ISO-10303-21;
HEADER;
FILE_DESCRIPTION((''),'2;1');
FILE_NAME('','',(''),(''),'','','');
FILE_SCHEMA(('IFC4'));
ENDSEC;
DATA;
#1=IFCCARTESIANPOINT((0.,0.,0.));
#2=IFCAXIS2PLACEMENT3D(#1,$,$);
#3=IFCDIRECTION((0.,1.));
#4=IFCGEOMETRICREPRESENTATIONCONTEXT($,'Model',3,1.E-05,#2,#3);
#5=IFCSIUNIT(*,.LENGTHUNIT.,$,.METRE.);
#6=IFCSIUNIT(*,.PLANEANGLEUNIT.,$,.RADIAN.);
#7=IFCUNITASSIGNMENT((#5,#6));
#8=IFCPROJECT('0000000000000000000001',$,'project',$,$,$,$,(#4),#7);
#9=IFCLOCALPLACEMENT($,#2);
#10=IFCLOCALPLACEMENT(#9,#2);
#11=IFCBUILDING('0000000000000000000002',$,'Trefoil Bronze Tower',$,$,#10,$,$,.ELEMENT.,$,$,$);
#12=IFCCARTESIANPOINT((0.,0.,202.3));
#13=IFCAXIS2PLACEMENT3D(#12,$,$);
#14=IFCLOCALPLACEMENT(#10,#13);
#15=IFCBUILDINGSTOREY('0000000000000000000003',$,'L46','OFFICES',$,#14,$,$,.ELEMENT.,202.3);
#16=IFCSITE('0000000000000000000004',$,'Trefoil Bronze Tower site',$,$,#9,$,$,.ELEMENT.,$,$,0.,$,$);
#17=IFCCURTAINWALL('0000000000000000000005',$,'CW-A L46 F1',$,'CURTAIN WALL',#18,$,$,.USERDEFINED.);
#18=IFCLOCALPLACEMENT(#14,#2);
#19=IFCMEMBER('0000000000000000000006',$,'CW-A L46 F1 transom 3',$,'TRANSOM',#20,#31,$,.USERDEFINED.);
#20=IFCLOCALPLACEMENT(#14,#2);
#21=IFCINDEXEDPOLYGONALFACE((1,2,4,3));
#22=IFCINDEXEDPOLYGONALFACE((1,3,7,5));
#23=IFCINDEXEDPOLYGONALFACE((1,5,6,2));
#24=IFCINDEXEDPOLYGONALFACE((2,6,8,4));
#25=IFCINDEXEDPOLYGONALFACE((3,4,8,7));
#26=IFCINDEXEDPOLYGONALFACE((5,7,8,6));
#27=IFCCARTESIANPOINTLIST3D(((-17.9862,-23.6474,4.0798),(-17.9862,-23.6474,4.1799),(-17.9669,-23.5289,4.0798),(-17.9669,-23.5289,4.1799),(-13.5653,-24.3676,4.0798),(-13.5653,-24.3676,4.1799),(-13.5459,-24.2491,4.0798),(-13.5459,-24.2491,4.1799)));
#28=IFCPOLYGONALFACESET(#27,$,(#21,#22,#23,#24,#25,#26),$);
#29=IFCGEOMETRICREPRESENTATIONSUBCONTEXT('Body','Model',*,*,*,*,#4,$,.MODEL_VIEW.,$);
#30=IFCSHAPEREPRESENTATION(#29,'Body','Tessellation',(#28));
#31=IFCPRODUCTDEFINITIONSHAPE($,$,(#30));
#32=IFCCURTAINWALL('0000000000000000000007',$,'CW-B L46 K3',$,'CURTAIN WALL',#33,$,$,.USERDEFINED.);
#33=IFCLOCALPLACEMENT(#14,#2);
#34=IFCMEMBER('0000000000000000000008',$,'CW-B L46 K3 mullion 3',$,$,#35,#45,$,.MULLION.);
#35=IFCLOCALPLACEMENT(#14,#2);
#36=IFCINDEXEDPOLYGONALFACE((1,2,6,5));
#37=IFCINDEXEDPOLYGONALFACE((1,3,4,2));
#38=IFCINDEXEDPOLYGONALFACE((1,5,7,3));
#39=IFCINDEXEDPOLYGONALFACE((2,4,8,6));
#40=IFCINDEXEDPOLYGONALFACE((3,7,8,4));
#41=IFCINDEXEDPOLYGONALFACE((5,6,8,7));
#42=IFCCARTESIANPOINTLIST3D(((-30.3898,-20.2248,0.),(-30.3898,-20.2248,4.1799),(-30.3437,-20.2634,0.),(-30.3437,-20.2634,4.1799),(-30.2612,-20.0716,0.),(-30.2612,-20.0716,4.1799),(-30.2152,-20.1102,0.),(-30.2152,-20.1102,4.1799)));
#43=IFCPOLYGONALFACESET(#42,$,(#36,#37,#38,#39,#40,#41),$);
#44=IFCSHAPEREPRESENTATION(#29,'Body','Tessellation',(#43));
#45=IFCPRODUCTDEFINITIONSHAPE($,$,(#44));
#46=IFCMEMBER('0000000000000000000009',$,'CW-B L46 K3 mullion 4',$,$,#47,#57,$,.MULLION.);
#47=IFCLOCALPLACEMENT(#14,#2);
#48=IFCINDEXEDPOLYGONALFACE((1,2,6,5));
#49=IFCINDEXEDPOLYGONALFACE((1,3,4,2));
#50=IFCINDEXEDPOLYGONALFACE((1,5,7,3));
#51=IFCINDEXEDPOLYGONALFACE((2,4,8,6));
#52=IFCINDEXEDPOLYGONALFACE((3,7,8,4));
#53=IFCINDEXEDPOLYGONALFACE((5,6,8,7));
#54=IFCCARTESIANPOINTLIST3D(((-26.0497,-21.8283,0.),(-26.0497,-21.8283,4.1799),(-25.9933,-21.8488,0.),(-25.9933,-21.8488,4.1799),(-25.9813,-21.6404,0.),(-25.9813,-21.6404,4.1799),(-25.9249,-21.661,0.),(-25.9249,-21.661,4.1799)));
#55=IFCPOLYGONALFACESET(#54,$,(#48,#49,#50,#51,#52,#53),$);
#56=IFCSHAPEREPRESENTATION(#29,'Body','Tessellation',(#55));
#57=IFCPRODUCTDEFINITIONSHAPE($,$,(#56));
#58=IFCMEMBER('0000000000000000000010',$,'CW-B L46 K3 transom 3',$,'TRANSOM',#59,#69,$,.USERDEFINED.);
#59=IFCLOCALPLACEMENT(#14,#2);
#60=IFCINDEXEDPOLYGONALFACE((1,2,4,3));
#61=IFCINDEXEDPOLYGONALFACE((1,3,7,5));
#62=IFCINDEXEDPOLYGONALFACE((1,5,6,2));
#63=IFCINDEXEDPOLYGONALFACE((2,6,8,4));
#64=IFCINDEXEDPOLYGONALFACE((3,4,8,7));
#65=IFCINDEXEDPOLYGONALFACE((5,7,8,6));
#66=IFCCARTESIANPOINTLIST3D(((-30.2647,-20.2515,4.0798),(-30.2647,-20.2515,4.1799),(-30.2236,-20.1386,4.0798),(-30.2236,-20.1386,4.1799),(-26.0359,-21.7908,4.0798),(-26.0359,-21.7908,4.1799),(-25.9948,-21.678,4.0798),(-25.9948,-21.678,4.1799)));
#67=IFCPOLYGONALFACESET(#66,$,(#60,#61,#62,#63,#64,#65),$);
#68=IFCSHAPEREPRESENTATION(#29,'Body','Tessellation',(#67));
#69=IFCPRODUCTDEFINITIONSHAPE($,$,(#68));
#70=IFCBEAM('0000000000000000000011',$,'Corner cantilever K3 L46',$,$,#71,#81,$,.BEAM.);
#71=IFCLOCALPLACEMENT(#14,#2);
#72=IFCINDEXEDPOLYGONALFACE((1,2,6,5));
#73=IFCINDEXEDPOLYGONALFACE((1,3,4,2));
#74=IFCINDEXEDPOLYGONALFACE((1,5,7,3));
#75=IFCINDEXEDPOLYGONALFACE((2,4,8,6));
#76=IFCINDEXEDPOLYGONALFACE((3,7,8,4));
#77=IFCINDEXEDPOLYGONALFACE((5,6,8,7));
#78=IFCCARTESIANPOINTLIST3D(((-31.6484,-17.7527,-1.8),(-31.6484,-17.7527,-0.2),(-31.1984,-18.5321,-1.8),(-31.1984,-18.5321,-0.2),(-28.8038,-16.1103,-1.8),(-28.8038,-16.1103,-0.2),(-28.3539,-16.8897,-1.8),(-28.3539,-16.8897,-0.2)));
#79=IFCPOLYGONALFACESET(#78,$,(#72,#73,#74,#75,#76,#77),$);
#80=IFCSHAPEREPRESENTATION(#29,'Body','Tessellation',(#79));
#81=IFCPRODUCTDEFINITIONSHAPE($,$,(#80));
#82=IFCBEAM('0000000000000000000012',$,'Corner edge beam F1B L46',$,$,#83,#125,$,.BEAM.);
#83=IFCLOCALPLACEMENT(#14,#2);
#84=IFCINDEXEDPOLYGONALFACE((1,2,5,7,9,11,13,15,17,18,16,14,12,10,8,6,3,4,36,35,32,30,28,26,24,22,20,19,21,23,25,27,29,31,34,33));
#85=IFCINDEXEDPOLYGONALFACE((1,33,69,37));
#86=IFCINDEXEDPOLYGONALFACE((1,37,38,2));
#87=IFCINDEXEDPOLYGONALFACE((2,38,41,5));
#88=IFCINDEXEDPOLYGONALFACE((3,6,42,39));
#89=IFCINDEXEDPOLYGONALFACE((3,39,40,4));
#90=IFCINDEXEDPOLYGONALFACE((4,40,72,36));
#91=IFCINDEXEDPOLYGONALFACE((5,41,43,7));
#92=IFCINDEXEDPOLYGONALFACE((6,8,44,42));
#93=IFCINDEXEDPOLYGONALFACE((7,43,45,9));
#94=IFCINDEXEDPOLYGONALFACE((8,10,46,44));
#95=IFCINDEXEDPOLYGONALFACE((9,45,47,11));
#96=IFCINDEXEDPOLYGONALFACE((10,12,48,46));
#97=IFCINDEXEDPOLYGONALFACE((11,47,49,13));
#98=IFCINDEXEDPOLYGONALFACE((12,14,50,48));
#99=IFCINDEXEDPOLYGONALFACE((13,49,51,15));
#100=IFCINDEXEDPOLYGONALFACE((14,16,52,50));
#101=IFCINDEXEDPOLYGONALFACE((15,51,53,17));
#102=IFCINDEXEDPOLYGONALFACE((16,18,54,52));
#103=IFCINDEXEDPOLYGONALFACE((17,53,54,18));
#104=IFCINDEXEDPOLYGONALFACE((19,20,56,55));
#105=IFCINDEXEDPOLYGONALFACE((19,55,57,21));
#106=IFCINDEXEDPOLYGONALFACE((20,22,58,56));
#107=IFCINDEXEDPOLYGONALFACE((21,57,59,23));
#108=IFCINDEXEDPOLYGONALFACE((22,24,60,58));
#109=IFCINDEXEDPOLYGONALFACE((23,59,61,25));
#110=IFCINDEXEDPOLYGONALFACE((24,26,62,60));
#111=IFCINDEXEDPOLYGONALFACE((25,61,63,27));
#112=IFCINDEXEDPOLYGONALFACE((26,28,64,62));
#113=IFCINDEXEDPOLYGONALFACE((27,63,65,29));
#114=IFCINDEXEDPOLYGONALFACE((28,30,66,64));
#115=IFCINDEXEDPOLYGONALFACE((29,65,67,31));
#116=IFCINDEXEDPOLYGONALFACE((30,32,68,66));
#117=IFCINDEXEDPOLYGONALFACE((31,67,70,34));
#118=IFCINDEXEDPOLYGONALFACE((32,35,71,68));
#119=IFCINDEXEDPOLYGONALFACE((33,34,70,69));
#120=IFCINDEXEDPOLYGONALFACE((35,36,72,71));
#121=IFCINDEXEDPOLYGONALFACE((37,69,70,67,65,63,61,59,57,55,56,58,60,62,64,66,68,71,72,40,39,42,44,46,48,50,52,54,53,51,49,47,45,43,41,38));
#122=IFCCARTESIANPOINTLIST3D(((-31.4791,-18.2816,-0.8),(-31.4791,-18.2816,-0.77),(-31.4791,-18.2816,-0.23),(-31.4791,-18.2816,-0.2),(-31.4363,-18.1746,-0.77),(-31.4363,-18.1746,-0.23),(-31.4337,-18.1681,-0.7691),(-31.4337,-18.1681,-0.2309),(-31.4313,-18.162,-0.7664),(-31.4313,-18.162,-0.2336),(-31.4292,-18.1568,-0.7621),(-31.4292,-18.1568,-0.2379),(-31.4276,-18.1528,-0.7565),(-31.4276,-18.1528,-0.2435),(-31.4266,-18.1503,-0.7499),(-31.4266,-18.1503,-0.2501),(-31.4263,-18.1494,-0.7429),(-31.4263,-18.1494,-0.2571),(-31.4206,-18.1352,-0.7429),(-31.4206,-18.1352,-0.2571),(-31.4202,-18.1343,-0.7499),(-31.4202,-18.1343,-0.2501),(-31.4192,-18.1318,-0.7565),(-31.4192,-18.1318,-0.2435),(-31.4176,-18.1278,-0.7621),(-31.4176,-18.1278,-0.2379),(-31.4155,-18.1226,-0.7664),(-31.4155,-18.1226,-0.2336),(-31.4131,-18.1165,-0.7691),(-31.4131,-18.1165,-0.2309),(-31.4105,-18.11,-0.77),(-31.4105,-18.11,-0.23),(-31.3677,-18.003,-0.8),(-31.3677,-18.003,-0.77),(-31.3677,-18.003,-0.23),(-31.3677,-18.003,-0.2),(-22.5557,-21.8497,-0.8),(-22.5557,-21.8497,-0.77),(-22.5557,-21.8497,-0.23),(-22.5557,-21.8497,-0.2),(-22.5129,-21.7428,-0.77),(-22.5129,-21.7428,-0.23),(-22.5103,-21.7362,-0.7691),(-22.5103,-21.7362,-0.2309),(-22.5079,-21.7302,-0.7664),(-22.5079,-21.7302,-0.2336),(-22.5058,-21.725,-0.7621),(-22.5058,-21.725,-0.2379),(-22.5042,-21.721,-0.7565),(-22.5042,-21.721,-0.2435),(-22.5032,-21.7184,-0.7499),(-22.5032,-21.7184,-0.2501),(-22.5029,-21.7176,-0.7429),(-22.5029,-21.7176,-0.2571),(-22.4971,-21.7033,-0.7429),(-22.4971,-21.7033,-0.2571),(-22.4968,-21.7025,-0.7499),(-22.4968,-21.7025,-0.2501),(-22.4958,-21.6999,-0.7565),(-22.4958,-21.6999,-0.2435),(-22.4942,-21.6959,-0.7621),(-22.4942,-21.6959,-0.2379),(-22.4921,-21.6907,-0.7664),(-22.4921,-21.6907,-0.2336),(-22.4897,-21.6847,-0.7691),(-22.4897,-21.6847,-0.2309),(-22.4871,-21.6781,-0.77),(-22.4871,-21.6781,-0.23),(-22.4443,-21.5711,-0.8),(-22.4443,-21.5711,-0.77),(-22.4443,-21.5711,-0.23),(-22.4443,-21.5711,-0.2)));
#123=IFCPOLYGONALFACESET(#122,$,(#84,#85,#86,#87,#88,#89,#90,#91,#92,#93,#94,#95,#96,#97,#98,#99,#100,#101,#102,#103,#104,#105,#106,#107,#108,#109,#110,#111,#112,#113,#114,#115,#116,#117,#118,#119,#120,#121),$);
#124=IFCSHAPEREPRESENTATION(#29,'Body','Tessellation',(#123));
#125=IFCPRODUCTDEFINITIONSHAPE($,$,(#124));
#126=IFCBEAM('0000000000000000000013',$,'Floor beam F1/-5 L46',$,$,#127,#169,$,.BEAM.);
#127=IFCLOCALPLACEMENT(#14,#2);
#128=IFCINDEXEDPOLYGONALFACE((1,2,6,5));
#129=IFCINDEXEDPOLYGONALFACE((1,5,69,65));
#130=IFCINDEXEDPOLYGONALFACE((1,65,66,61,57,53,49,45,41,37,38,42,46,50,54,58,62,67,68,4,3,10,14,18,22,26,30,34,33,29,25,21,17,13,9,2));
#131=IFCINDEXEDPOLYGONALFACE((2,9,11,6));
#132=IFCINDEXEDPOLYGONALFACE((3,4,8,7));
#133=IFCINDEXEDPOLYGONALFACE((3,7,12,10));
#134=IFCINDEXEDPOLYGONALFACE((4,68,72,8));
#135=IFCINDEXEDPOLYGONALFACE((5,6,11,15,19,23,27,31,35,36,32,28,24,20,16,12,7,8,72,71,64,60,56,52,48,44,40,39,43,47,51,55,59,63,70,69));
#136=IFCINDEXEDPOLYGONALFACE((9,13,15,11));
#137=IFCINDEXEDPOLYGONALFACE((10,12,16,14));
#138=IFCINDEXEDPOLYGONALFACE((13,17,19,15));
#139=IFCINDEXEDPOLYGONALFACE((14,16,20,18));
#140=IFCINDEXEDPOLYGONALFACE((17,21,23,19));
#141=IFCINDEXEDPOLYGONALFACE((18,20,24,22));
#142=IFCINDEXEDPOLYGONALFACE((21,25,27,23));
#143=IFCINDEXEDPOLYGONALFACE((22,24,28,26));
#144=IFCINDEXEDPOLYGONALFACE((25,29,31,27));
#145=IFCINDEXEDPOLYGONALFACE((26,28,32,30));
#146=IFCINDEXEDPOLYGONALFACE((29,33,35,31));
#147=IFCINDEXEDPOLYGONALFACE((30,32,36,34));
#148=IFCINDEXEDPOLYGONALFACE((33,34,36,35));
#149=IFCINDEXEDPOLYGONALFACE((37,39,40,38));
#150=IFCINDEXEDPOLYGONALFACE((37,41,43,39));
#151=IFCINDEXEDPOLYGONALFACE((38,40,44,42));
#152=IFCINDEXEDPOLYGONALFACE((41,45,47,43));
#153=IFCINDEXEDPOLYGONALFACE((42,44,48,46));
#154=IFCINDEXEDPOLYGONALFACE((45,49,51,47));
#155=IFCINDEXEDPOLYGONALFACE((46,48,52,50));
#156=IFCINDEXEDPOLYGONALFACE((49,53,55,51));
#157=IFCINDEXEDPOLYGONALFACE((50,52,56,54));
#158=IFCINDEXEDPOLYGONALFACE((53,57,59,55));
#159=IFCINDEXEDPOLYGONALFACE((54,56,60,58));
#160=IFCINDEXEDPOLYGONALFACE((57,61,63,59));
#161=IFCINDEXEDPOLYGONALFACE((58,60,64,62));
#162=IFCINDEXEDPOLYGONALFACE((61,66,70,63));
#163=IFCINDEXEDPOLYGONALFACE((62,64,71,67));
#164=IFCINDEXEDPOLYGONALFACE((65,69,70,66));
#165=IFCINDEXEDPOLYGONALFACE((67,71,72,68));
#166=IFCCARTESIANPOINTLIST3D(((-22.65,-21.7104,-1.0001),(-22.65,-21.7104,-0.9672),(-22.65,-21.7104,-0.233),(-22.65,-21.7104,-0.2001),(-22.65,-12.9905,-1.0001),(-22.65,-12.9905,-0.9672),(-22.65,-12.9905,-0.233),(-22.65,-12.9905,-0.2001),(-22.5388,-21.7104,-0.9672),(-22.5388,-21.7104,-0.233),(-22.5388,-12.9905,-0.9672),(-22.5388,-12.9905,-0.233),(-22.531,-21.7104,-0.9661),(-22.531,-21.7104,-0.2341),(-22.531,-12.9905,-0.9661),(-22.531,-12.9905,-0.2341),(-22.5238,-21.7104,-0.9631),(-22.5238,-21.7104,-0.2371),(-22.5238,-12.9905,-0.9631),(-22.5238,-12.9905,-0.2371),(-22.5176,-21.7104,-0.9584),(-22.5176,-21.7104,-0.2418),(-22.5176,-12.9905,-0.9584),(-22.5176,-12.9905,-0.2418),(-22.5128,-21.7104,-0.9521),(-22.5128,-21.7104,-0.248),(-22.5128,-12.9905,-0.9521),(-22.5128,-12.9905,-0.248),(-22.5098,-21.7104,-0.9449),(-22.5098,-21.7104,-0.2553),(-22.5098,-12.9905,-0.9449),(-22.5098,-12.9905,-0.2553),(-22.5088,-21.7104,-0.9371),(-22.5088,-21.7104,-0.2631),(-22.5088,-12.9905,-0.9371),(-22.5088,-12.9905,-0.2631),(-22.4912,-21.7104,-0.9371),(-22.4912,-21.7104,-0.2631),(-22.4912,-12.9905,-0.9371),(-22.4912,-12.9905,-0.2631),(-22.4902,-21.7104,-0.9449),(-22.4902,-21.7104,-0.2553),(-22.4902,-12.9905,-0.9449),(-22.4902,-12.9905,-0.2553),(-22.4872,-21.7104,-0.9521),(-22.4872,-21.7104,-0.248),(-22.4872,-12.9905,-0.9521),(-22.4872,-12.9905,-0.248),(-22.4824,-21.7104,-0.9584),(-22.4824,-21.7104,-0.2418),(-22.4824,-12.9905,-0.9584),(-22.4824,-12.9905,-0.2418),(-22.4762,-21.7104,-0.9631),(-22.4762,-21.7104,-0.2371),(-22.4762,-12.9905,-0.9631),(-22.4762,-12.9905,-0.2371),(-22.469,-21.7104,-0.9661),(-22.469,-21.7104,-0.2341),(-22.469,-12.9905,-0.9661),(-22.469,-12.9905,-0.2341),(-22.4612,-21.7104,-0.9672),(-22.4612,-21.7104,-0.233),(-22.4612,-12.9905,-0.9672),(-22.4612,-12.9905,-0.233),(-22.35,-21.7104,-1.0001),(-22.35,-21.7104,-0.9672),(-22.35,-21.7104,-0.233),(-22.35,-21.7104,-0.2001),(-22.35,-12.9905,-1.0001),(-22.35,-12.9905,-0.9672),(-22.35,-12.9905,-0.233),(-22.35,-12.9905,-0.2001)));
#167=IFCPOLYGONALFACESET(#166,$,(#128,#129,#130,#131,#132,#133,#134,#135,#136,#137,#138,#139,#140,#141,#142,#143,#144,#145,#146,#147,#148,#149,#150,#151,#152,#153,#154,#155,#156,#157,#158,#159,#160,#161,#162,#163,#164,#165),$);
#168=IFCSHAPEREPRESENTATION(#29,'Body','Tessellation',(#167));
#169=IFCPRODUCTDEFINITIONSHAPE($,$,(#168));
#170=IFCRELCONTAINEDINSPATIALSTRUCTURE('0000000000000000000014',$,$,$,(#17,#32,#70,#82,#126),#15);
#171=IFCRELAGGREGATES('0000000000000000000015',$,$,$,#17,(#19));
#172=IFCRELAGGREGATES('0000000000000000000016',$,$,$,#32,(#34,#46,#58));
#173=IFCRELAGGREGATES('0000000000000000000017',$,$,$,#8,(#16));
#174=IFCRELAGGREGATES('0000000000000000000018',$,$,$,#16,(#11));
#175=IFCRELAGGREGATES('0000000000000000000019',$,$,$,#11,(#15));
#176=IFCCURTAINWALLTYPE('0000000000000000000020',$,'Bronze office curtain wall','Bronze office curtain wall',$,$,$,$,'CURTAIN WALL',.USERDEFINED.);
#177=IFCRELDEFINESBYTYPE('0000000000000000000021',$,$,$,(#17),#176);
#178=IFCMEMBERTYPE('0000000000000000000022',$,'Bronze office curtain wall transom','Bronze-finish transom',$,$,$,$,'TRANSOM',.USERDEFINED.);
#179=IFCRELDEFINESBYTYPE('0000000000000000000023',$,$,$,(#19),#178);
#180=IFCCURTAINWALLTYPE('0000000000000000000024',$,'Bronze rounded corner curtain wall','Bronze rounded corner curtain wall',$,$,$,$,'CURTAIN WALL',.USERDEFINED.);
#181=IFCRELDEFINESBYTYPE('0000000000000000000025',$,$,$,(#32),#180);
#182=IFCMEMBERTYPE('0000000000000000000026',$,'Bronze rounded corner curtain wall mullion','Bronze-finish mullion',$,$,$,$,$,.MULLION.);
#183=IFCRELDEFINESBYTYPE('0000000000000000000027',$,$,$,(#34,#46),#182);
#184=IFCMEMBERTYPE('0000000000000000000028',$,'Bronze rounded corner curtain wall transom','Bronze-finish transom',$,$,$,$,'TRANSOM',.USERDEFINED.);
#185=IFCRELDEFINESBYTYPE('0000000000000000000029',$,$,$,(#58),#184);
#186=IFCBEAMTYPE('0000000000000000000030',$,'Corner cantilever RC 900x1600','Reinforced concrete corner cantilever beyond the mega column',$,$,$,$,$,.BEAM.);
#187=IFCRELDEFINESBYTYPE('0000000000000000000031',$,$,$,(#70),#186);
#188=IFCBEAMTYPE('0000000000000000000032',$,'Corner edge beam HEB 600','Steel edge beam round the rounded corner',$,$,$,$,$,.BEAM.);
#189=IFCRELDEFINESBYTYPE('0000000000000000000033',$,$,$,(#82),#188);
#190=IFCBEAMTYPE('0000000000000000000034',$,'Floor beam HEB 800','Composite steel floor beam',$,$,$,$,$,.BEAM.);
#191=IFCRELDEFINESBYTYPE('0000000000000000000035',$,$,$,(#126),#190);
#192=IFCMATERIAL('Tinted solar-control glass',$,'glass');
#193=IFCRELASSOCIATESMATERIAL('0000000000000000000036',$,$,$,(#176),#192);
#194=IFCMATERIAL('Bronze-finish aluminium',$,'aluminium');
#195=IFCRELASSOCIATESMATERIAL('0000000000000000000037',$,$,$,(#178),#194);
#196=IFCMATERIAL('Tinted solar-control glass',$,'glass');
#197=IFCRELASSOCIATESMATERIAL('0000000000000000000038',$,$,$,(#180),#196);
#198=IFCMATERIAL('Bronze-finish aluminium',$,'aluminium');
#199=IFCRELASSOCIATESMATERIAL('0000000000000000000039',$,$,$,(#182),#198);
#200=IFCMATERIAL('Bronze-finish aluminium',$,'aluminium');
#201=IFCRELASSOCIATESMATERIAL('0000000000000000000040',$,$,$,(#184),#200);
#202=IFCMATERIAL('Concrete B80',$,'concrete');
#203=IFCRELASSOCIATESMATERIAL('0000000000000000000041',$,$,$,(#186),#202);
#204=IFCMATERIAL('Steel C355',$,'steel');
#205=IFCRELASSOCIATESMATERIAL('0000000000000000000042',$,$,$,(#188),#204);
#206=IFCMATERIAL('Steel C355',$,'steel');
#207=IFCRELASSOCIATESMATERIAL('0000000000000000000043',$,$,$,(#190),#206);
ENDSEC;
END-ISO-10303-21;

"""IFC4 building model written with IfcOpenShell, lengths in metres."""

from ifc_helpers import new_model, si_unit, direction, frame, origin, origin_2d, place, context, subcontext, project, spatial, rectangle, i_section, extrude, material, material_profile, profile_set, type_object, element, aggregate, save


model = new_model("IFC4")

# Units and contexts
model_context = context("Model", 3, precision=1e-05, world=origin(), true_north=direction((0.0, 1.0)))
body_context = subcontext(model_context, "Body", "Model", "MODEL_VIEW")
ifc_project = project(units=[si_unit("LENGTHUNIT", "METRE"), si_unit("PLANEANGLEUNIT", "RADIAN")], contexts=[model_context])

# Site, building, storey
site_placement = place(None, origin())
site = spatial("IfcSite", under=ifc_project, at=site_placement, Name="Trefoil Bronze Tower site", CompositionType="ELEMENT", RefElevation=0.0)
building_placement = place(site_placement, origin())
building = spatial("IfcBuilding", under=site, at=building_placement, Name="Trefoil Bronze Tower", CompositionType="ELEMENT")
storey_placement = place(building_placement, frame((0.0, 0.0, 202.3)))
storey = spatial("IfcBuildingStorey", under=building, at=storey_placement, Name="L46", Description="OFFICES", CompositionType="ELEMENT", Elevation=202.3)

# Curtain walls, members
ifc_material_1 = material(Name="Tinted solar-control glass", Category="glass")
curtain_wall_type_1 = type_object("IfcCurtainWallType", Name="Bronze office curtain wall", Description="Bronze office curtain wall", ElementType="CURTAIN WALL", PredefinedType="USERDEFINED", material=ifc_material_1)
curtain_wall_1_placement = place(storey_placement, origin())
curtain_wall_1 = element("IfcCurtainWall", 1, at=curtain_wall_1_placement, inside=storey, type_object=curtain_wall_type_1, Name="CW-A L46 F1", ObjectType="CURTAIN WALL", PredefinedType="USERDEFINED")
ifc_material_2 = material(Name="Bronze-finish aluminium", Category="aluminium")
ifc_material_profile_1 = material_profile(ifc_material_2, rectangle(XDim=0.1201, YDim=0.1001, at=origin_2d()), Name="CW-A transom")
ifc_profile_set_1 = profile_set([ifc_material_profile_1], Name="Bronze-finish aluminium")
member_type_1 = type_object("IfcMemberType", Name="Bronze office curtain wall transom", Description="Bronze-finish transom", ElementType="TRANSOM", PredefinedType="USERDEFINED", material=ifc_profile_set_1)
member_1_placement = place(storey_placement, frame((-17.9766, -23.5881, 4.1299), z_axis=(0.986988, -0.160792, 0.0), x_axis=(0.160792, 0.986988, 0.0)))
member_1 = element("IfcMember", 2, at=member_1_placement, type_object=member_type_1, Name="CW-A L46 F1 transom 3", ObjectType="TRANSOM", PredefinedType="USERDEFINED", context=body_context, shape_type="SweptSolid", body=[
    extrude(rectangle(XDim=0.1201, YDim=0.1001, at=origin_2d()), origin(), (0.0, 0.0, 1.0), 4.4792),
])
ifc_material_3 = material(Name="Tinted solar-control glass", Category="glass")
curtain_wall_type_2 = type_object("IfcCurtainWallType", Name="Bronze rounded corner curtain wall", Description="Bronze rounded corner curtain wall", ElementType="CURTAIN WALL", PredefinedType="USERDEFINED", material=ifc_material_3)
curtain_wall_2_placement = place(storey_placement, origin())
curtain_wall_2 = element("IfcCurtainWall", 3, at=curtain_wall_2_placement, inside=storey, type_object=curtain_wall_type_2, Name="CW-B L46 K3", ObjectType="CURTAIN WALL", PredefinedType="USERDEFINED")
ifc_material_4 = material(Name="Bronze-finish aluminium", Category="aluminium")
ifc_material_profile_2 = material_profile(ifc_material_4, rectangle(XDim=0.2, YDim=0.0601, at=origin_2d()), Name="CW-B mullion")
ifc_profile_set_2 = profile_set([ifc_material_profile_2], Name="Bronze-finish aluminium")
member_type_2 = type_object("IfcMemberType", Name="Bronze rounded corner curtain wall mullion", Description="Bronze-finish mullion", PredefinedType="MULLION", material=ifc_profile_set_2)
member_2_placement = place(storey_placement, frame((-30.3025, -20.1675, 0.0), z_axis=(0.0, 0.0, 1.0), x_axis=(0.642788, 0.766044, 0.0)))
member_2 = element("IfcMember", 4, at=member_2_placement, type_object=member_type_2, Name="CW-B L46 K3 mullion 3", PredefinedType="MULLION", context=body_context, shape_type="SweptSolid", body=[
    extrude(rectangle(XDim=0.2, YDim=0.0601, at=origin_2d()), origin(), (0.0, 0.0, 1.0), 4.1799),
])
member_3_placement = place(storey_placement, frame((-25.9873, -21.7446, 0.0), z_axis=(0.0, 0.0, 1.0), x_axis=(0.34202, 0.939693, 0.0)))
member_3 = element("IfcMember", 5, at=member_3_placement, type_object=member_type_2, Name="CW-B L46 K3 mullion 4", PredefinedType="MULLION", context=body_context, shape_type="SweptSolid", body=[
    extrude(rectangle(XDim=0.2, YDim=0.0601, at=origin_2d()), origin(), (0.0, 0.0, 1.0), 4.1799),
])
ifc_material_5 = material(Name="Bronze-finish aluminium", Category="aluminium")
ifc_material_profile_3 = material_profile(ifc_material_5, rectangle(XDim=0.1201, YDim=0.1001, at=origin_2d()), Name="CW-B transom")
ifc_profile_set_3 = profile_set([ifc_material_profile_3], Name="Bronze-finish aluminium")
member_type_3 = type_object("IfcMemberType", Name="Bronze rounded corner curtain wall transom", Description="Bronze-finish transom", ElementType="TRANSOM", PredefinedType="USERDEFINED", material=ifc_profile_set_3)
member_4_placement = place(storey_placement, frame((-30.2441, -20.1951, 4.1299), z_axis=(0.939681, -0.342052, 0.0), x_axis=(0.342052, 0.939681, 0.0)))
member_4 = element("IfcMember", 6, at=member_4_placement, type_object=member_type_3, Name="CW-B L46 K3 transom 3", ObjectType="TRANSOM", PredefinedType="USERDEFINED", context=body_context, shape_type="SweptSolid", body=[
    extrude(rectangle(XDim=0.1201, YDim=0.1001, at=origin_2d()), origin(), (0.0, 0.0, 1.0), 4.5002),
])

# Beams
ifc_material_6 = material(Name="Concrete B80", Category="concrete")
ifc_material_profile_4 = material_profile(ifc_material_6, rectangle(XDim=0.8999, YDim=1.6001, at=origin_2d()), Name="RC 900x1600")
ifc_profile_set_4 = profile_set([ifc_material_profile_4], Name="Concrete B80")
beam_type_1 = type_object("IfcBeamType", Name="Corner cantilever RC 900x1600", Description="Reinforced concrete corner cantilever beyond the mega column", PredefinedType="BEAM", material=ifc_profile_set_4)
beam_1_placement = place(storey_placement, frame((-28.5789, -16.5, -1.0), z_axis=(-0.866016, -0.500016, 0.0), x_axis=(0.500016, -0.866016, 0.0)))
element("IfcBeam", 7, at=beam_1_placement, inside=storey, type_object=beam_type_1, Name="Corner cantilever K3 L46", PredefinedType="BEAM", context=body_context, shape_type="SweptSolid", body=[
    extrude(rectangle(XDim=0.8999, YDim=1.6001, at=origin_2d()), origin(), (0.0, 0.0, 1.0), 3.2847),
])
ifc_material_7 = material(Name="Steel C355", Category="steel")
ifc_material_profile_5 = material_profile(ifc_material_7, i_section(OverallWidth=0.3, OverallDepth=0.6001, WebThickness=0.0154, FlangeThickness=0.03, FilletRadius=0.0271, at=origin_2d()), Name="HEB 600")
ifc_profile_set_5 = profile_set([ifc_material_profile_5], Name="Steel C355")
beam_type_2 = type_object("IfcBeamType", Name="Corner edge beam HEB 600", Description="Steel edge beam round the rounded corner", PredefinedType="BEAM", material=ifc_profile_set_5)
beam_2_placement = place(storey_placement, frame((-22.5, -21.7104, -0.5), z_axis=(-0.92852, 0.371281, 0.0), x_axis=(-0.371281, -0.92852, 0.0)))
element("IfcBeam", 8, at=beam_2_placement, inside=storey, type_object=beam_type_2, Name="Corner edge beam F1B L46", PredefinedType="BEAM", context=body_context, shape_type="SweptSolid", body=[
    extrude(i_section(OverallWidth=0.3, OverallDepth=0.6001, WebThickness=0.0154, FlangeThickness=0.03, FilletRadius=0.0271, at=origin_2d()), origin(), (0.0, 0.0, 1.0), 9.6104),
])
ifc_material_8 = material(Name="Steel C355", Category="steel")
ifc_material_profile_6 = material_profile(ifc_material_8, i_section(OverallWidth=0.3, OverallDepth=0.8, WebThickness=0.0176, FlangeThickness=0.033, FilletRadius=0.03, at=origin_2d()), Name="HEB 800")
ifc_profile_set_6 = profile_set([ifc_material_profile_6], Name="Steel C355")
beam_type_3 = type_object("IfcBeamType", Name="Floor beam HEB 800", Description="Composite steel floor beam", PredefinedType="BEAM", material=ifc_profile_set_6)
beam_3_placement = place(storey_placement, frame((-22.5, -21.7104, -0.6001), z_axis=(0.0, 1.0, 0.0), x_axis=(-1.0, 0.0, 0.0)))
element("IfcBeam", 9, at=beam_3_placement, inside=storey, type_object=beam_type_3, Name="Floor beam F1/-5 L46", PredefinedType="BEAM", context=body_context, shape_type="SweptSolid", body=[
    extrude(i_section(OverallWidth=0.3, OverallDepth=0.8, WebThickness=0.0176, FlangeThickness=0.033, FilletRadius=0.03, at=origin_2d()), origin(), (0.0, 0.0, 1.0), 8.72),
])

aggregate(curtain_wall_1, [member_1])
aggregate(curtain_wall_2, [member_2, member_3, member_4])

save(model, "model.ifc")
